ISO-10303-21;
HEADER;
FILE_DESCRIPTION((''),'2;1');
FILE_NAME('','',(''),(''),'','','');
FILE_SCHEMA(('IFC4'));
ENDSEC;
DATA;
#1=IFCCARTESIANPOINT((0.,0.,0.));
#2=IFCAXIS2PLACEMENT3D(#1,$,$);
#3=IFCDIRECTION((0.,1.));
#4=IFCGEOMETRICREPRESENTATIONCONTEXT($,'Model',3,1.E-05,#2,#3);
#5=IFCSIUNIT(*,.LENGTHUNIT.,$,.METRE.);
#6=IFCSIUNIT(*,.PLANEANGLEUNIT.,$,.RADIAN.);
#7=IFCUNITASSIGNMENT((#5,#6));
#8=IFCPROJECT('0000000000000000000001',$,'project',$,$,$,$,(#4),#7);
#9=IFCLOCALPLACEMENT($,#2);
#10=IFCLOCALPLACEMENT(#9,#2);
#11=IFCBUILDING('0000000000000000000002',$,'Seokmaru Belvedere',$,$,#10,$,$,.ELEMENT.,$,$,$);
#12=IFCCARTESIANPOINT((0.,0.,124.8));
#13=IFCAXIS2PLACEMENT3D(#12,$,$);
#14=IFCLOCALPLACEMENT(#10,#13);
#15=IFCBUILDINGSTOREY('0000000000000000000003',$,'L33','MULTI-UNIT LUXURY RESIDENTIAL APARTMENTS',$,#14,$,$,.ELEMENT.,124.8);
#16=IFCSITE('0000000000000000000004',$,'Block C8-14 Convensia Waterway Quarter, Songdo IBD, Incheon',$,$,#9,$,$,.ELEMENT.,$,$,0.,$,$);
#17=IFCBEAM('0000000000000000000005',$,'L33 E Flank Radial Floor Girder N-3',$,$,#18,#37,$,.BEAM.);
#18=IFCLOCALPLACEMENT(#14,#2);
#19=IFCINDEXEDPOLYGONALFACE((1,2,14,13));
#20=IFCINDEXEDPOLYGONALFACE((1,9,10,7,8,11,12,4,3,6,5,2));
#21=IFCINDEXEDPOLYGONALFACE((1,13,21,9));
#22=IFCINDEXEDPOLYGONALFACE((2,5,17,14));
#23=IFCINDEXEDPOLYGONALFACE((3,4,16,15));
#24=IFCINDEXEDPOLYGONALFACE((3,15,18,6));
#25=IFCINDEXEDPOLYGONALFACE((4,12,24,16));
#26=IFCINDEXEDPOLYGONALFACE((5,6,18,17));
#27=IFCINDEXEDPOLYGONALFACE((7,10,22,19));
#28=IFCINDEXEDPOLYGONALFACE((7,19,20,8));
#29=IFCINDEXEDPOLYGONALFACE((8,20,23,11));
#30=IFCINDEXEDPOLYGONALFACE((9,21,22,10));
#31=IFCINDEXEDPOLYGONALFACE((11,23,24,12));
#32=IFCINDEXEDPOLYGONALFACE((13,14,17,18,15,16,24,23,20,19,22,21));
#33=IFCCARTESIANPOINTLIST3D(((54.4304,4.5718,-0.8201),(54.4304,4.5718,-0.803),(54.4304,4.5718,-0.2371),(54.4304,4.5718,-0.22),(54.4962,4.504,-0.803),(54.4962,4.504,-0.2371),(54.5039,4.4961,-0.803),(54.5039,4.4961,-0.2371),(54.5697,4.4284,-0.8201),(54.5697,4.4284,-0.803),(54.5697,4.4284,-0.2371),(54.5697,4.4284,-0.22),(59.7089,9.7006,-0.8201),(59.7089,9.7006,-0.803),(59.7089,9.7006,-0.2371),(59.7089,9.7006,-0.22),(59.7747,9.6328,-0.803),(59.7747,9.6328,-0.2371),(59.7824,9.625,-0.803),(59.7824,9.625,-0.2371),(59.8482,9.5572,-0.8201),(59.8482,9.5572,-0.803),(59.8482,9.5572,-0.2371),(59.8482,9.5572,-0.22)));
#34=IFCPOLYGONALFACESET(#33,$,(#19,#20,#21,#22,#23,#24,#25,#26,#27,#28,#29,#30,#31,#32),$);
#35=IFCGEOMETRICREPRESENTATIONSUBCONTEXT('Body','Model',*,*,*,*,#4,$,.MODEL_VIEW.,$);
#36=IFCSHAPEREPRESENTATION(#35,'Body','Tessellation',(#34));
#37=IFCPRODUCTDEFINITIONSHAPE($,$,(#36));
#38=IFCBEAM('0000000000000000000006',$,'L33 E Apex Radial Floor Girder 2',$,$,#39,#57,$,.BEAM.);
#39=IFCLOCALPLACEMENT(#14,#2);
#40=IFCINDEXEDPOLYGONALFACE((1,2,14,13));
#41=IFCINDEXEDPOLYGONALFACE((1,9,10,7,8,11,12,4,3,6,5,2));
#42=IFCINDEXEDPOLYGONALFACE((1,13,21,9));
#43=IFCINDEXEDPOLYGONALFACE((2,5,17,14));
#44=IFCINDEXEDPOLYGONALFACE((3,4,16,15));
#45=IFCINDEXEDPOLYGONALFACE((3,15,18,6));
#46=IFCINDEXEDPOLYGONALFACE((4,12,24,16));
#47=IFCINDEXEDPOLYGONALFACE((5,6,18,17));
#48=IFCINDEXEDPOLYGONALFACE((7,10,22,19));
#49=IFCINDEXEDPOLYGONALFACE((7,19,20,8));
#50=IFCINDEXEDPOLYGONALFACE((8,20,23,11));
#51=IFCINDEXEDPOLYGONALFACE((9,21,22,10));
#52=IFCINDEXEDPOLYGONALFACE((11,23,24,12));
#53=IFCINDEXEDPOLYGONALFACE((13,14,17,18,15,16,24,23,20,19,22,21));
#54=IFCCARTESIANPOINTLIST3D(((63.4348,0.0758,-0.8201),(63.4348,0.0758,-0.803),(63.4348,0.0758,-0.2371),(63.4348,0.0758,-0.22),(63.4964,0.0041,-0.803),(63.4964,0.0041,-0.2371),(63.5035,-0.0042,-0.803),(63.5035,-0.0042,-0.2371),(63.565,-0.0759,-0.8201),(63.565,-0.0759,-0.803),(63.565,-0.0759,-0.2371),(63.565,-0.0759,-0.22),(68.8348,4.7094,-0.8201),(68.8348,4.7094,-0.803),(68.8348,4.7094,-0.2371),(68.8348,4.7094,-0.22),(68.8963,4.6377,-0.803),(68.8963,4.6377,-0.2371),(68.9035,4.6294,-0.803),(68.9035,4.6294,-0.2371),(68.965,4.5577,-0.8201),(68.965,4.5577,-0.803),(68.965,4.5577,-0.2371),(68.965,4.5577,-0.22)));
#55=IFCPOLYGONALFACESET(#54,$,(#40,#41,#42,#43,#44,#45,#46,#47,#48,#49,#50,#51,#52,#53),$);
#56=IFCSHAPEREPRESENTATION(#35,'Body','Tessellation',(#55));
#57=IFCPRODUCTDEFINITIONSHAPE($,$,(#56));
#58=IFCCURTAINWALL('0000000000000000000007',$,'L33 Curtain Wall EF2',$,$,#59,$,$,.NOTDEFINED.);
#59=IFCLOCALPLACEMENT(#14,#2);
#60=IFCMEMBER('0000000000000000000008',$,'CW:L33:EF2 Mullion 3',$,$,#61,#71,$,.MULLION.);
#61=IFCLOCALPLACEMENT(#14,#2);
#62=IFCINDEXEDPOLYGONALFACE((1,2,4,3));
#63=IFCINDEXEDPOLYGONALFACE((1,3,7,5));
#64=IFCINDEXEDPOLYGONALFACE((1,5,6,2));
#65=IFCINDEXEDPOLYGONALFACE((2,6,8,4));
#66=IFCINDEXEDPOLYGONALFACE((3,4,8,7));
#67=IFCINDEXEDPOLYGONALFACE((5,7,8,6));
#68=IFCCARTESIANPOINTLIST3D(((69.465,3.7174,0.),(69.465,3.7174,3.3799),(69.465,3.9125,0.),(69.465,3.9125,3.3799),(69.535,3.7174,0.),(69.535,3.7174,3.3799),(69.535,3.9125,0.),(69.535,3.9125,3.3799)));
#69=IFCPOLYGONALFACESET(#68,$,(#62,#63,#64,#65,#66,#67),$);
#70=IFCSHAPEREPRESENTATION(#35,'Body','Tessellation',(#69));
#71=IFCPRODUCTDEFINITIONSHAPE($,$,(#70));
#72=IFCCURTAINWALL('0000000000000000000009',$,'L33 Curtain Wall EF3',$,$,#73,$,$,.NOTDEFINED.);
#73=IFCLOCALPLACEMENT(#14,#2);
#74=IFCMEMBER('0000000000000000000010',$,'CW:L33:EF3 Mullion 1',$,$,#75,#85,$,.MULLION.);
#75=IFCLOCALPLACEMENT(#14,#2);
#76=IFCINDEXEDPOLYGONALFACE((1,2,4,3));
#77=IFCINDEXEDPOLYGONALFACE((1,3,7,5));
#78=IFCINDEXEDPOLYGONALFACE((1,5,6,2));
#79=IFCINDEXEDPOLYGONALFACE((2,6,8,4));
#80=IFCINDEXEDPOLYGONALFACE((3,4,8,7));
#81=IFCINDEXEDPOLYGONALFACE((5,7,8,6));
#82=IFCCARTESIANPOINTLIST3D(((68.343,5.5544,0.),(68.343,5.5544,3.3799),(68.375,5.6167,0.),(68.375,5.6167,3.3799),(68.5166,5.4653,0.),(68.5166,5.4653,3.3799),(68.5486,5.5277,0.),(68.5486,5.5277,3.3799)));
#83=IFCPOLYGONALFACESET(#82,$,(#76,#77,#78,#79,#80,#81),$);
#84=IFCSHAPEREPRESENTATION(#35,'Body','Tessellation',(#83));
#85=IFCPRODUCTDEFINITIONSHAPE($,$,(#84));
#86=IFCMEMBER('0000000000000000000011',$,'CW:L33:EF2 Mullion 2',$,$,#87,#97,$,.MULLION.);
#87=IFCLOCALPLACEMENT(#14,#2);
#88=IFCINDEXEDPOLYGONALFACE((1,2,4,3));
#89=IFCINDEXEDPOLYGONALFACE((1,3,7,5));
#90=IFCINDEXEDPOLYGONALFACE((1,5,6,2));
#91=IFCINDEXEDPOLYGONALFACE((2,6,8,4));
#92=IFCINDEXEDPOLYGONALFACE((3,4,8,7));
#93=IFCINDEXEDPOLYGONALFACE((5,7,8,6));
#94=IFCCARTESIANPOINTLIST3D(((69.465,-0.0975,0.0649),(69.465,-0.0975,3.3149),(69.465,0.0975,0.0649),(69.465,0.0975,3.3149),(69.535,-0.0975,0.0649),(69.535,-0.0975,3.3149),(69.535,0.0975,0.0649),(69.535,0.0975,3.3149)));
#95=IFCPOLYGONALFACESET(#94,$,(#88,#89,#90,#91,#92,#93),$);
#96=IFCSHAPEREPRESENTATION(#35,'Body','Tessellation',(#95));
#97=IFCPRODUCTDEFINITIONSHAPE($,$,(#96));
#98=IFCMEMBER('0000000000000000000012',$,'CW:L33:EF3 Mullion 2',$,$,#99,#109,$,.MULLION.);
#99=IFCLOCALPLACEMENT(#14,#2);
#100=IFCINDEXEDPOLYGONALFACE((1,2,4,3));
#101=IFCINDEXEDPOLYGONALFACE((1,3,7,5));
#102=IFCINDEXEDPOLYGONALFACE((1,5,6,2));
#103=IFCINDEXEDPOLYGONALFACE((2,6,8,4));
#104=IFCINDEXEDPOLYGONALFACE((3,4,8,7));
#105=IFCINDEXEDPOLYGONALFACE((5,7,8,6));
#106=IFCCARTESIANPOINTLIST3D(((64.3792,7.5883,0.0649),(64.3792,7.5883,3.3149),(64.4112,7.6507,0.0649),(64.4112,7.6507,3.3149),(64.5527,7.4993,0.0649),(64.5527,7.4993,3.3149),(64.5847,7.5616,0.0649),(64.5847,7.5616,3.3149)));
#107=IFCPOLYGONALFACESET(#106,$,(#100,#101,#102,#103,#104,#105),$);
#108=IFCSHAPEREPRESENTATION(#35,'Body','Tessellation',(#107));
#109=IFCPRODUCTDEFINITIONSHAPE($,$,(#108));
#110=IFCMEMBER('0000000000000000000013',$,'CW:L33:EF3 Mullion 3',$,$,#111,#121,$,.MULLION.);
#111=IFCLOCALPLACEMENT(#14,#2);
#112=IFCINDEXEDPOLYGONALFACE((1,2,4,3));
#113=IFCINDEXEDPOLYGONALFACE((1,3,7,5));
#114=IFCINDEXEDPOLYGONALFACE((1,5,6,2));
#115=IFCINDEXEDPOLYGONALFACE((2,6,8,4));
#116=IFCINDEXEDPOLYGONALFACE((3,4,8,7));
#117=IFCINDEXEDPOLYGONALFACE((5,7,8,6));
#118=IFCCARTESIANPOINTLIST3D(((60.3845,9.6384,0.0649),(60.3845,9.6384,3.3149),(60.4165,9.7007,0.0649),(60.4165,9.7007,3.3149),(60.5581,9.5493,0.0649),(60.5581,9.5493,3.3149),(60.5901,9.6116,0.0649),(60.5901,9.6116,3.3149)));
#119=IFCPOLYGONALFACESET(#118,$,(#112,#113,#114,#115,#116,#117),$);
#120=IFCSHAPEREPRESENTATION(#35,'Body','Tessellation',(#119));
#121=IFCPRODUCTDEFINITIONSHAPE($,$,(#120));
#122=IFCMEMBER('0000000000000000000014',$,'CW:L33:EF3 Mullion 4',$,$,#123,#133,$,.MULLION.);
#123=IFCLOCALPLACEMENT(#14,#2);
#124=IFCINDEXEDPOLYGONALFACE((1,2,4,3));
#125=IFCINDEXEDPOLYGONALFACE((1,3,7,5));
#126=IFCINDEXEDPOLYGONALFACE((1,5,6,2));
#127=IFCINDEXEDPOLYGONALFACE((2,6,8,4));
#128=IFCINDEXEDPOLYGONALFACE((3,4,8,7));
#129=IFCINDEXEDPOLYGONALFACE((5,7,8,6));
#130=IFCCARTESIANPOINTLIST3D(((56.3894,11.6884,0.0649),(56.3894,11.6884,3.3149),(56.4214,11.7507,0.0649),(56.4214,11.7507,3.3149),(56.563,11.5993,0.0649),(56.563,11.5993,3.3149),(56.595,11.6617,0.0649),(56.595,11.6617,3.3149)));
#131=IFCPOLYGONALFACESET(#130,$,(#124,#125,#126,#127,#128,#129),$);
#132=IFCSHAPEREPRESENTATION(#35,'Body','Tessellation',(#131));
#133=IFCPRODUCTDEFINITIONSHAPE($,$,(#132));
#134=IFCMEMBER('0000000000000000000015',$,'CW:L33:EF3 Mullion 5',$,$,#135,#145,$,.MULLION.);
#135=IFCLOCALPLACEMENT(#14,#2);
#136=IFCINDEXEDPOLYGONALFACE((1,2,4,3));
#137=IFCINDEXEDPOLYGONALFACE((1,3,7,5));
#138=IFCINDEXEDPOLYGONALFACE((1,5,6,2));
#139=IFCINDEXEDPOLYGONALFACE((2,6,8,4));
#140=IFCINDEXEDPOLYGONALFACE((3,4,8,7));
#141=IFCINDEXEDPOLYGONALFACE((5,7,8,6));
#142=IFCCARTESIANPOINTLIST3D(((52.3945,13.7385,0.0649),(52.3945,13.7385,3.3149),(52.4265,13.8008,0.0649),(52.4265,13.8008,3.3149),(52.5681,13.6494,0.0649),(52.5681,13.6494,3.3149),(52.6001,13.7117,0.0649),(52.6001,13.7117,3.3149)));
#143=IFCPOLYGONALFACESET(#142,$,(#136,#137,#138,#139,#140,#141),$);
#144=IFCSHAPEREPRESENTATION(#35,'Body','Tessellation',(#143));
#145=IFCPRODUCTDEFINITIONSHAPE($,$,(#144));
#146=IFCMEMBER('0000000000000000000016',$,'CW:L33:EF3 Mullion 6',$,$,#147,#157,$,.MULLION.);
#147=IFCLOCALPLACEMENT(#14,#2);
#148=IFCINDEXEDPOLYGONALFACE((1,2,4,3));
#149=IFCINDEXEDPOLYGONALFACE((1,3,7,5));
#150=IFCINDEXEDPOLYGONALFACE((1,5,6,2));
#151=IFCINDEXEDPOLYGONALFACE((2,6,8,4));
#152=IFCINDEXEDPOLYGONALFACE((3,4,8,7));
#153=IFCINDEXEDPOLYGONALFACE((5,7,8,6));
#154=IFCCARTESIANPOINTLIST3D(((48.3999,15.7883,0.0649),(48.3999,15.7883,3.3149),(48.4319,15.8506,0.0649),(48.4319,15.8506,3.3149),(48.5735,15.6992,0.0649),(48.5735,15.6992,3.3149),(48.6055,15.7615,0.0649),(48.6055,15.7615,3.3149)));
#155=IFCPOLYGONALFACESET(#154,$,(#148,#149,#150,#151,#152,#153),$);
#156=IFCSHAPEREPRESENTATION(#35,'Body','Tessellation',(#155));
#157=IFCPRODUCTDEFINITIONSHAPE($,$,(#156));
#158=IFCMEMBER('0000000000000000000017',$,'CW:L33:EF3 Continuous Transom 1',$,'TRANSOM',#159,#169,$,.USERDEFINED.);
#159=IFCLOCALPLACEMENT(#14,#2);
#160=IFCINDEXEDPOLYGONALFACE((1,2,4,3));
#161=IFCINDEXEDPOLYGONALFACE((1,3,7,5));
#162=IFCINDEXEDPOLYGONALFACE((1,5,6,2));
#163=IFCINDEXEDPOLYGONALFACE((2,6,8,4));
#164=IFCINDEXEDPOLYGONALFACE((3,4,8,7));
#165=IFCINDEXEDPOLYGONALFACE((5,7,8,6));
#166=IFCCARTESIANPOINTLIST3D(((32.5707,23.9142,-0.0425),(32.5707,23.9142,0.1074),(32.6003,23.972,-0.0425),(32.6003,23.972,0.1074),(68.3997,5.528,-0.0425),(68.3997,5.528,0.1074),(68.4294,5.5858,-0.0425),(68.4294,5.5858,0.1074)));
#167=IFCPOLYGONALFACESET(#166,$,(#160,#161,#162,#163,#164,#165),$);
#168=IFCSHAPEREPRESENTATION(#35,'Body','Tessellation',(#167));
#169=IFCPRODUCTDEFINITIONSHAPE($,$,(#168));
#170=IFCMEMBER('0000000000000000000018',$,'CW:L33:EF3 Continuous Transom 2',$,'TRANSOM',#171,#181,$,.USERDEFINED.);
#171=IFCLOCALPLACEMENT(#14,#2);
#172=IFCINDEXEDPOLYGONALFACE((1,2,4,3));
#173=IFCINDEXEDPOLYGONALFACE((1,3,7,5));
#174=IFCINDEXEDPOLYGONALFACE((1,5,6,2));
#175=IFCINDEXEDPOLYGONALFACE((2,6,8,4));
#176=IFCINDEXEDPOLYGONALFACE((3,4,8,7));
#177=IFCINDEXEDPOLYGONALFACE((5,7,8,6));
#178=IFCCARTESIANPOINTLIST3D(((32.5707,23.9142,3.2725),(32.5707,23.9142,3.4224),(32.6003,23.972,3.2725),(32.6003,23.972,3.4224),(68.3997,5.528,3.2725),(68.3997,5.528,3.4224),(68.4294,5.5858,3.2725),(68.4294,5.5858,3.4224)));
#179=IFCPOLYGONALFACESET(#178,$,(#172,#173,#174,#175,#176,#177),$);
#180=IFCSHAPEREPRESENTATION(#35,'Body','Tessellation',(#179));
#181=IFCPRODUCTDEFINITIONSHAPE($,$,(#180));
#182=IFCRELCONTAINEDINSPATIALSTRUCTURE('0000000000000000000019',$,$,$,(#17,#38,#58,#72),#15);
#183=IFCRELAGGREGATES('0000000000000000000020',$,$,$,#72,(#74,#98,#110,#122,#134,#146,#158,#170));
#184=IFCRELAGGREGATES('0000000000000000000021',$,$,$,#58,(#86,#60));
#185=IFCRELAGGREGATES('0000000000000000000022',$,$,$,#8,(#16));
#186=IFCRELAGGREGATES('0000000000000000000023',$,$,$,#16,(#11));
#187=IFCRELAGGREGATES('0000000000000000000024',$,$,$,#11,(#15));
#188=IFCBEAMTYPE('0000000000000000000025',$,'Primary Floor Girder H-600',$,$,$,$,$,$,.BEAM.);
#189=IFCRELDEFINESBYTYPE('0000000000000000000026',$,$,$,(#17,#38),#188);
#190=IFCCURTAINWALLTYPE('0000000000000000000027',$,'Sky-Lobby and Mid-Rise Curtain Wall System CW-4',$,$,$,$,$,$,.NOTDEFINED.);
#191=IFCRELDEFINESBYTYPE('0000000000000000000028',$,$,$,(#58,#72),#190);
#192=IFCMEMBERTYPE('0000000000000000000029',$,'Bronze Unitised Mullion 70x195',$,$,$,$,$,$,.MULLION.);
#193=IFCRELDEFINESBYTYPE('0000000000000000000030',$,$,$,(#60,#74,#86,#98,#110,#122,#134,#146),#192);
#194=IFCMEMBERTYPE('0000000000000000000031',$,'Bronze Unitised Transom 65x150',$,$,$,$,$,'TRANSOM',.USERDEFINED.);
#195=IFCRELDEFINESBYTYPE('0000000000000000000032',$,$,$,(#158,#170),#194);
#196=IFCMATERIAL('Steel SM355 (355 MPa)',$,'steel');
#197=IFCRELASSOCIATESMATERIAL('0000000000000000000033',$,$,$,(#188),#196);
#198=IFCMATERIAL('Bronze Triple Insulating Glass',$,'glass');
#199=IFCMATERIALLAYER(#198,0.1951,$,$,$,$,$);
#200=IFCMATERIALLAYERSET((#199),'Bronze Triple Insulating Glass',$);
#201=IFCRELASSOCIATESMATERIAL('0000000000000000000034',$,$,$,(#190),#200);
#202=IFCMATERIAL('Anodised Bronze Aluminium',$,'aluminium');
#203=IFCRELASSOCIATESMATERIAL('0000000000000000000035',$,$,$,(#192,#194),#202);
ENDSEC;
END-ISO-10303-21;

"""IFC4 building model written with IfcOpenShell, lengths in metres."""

from ifc_helpers import new_model, si_unit, direction, frame, origin, origin_2d, place, context, subcontext, project, spatial, rectangle, i_section, extrude, source, transform, mapped, material, layer, layer_set, material_profile, profile_set, type_object, type_shapes, element, aggregate, save


model = new_model("IFC4")

# Units and contexts
model_context = context("Model", 3, precision=1e-05, world=origin(), true_north=direction((0.0, 1.0)))
body_context = subcontext(model_context, "Body", "Model", "MODEL_VIEW")
ifc_project = project(units=[si_unit("LENGTHUNIT", "METRE"), si_unit("PLANEANGLEUNIT", "RADIAN")], contexts=[model_context])

# Site, building, storey
site_placement = place(None, origin())
site = spatial("IfcSite", under=ifc_project, at=site_placement, Name="Block C8-14 Convensia Waterway Quarter, Songdo IBD, Incheon", CompositionType="ELEMENT", RefElevation=0.0)
building_placement = place(site_placement, origin())
building = spatial("IfcBuilding", under=site, at=building_placement, Name="Seokmaru Belvedere", CompositionType="ELEMENT")
storey_placement = place(building_placement, frame((0.0, 0.0, 124.8)))
storey = spatial("IfcBuildingStorey", under=building, at=storey_placement, Name="L33", Description="MULTI-UNIT LUXURY RESIDENTIAL APARTMENTS", CompositionType="ELEMENT", Elevation=124.8)

# Shared definitions
ifc_material_1 = material(Name="Steel SM355 (355 MPa)", Category="steel")

# Beams
ifc_material_profile_1 = material_profile(ifc_material_1, i_section(OverallWidth=0.2, OverallDepth=0.6001, WebThickness=0.011, FlangeThickness=0.0171, at=origin_2d()), Name="H-600x200x11x17")
ifc_profile_set_1 = profile_set([ifc_material_profile_1], Name="Steel SM355 (355 MPa)")
beam_type_1 = type_object("IfcBeamType", Name="Primary Floor Girder H-600", PredefinedType="BEAM", material=ifc_profile_set_1)
shared_shape_1 = source(origin(), body_context, "Body", "SweptSolid", [
    extrude(i_section(OverallWidth=0.2, OverallDepth=0.6001, WebThickness=0.011, FlangeThickness=0.0171, at=origin_2d()), origin(), (0.0, 0.0, 1.0), 7.3599),
])
beam_1_placement = place(storey_placement, frame((59.7786, 9.6289, -0.52), z_axis=(-0.717201, -0.696867, 0.0), x_axis=(0.696867, -0.717201, 0.0)))
element("IfcBeam", 1, at=beam_1_placement, inside=storey, type_object=beam_type_1, Name="L33 E Flank Radial Floor Girder N-3", PredefinedType="BEAM", context=body_context, shape_type="MappedRepresentation", body=[
    mapped(shared_shape_1, transform((0.0, 0.0, 0.0), scale=1.0)),
])
shared_shape_2 = source(origin(), body_context, "Body", "SweptSolid", [
    extrude(i_section(OverallWidth=0.2, OverallDepth=0.6001, WebThickness=0.011, FlangeThickness=0.0171, at=origin_2d()), origin(), (0.0, 0.0, 1.0), 7.1155),
])
beam_2_placement = place(storey_placement, frame((68.8999, 4.6335, -0.52), z_axis=(-0.758905, -0.651201, 0.0), x_axis=(0.651201, -0.758905, 0.0)))
element("IfcBeam", 2, at=beam_2_placement, inside=storey, type_object=beam_type_1, Name="L33 E Apex Radial Floor Girder 2", PredefinedType="BEAM", context=body_context, shape_type="MappedRepresentation", body=[
    mapped(shared_shape_2, transform((0.0, 0.0, 0.0), scale=1.0)),
])

# Curtain walls, members
ifc_material_2 = material(Name="Bronze Triple Insulating Glass", Category="glass")
ifc_layer_1 = layer(ifc_material_2, 0.1951)
ifc_layer_set_1 = layer_set([ifc_layer_1], Name="Bronze Triple Insulating Glass")
curtain_wall_type = type_object("IfcCurtainWallType", Name="Sky-Lobby and Mid-Rise Curtain Wall System CW-4", PredefinedType="NOTDEFINED", material=ifc_layer_set_1)
curtain_wall_1_placement = place(storey_placement, origin())
curtain_wall_1 = element("IfcCurtainWall", 3, at=curtain_wall_1_placement, inside=storey, type_object=curtain_wall_type, Name="L33 Curtain Wall EF2", PredefinedType="NOTDEFINED")
ifc_material_3 = material(Name="Anodised Bronze Aluminium", Category="aluminium")
ifc_material_profile_2 = material_profile(ifc_material_3, rectangle(XDim=0.0701, YDim=0.1951, at=origin_2d()), Name="CW-M-70x195")
ifc_profile_set_2 = profile_set([ifc_material_profile_2], Name="Anodised Bronze Aluminium")
member_type_1 = type_object("IfcMemberType", Name="Bronze Unitised Mullion 70x195", PredefinedType="MULLION", material=ifc_profile_set_2)
shared_shape_3 = source(origin(), body_context, "Body", "SweptSolid", [
    extrude(rectangle(XDim=0.0701, YDim=0.1951, at=origin_2d()), origin(), (0.0, 0.0, 1.0), 3.3799),
])
member_1_placement = place(storey_placement, frame((69.5, 3.8149, 0.0), z_axis=(0.0, 0.0, 1.0), x_axis=(-1.0, 0.0, 0.0)))
member_1 = element("IfcMember", 4, at=member_1_placement, type_object=member_type_1, Name="CW:L33:EF2 Mullion 3", PredefinedType="MULLION", context=body_context, shape_type="MappedRepresentation", body=[
    mapped(shared_shape_3, transform((0.0, 0.0, 0.0), scale=1.0)),
])
curtain_wall_2_placement = place(storey_placement, origin())
curtain_wall_2 = element("IfcCurtainWall", 5, at=curtain_wall_2_placement, inside=storey, type_object=curtain_wall_type, Name="L33 Curtain Wall EF3", PredefinedType="NOTDEFINED")
member_2_placement = place(storey_placement, frame((68.4458, 5.541, 0.0), z_axis=(0.0, 0.0, 1.0), x_axis=(-0.456555, -0.889695, 0.0)))
member_2 = element("IfcMember", 6, at=member_2_placement, type_object=member_type_1, Name="CW:L33:EF3 Mullion 1", PredefinedType="MULLION", context=body_context, shape_type="MappedRepresentation", body=[
    mapped(shared_shape_3, transform((0.0, 0.0, 0.0), scale=1.0)),
])

# Members
shared_shape_4 = source(origin(), body_context, "Body", "SweptSolid", [
    extrude(rectangle(XDim=0.0701, YDim=0.1951, at=origin_2d()), origin(), (0.0, 0.0, 1.0), 3.25),
])
type_shapes(member_type_1, [shared_shape_3, shared_shape_4])
member_3_placement = place(storey_placement, frame((69.5, 0.0, 0.0649), z_axis=(0.0, 0.0, 1.0), x_axis=(-1.0, 0.0, 0.0)))
member_3 = element("IfcMember", 7, at=member_3_placement, type_object=member_type_1, Name="CW:L33:EF2 Mullion 2", PredefinedType="MULLION", context=body_context, shape_type="MappedRepresentation", body=[
    mapped(shared_shape_4, transform((0.0, 0.0, 0.0), scale=1.0)),
])
member_4_placement = place(storey_placement, frame((64.4819, 7.575, 0.0649), z_axis=(0.0, 0.0, 1.0), x_axis=(-0.456555, -0.889695, 0.0)))
member_4 = element("IfcMember", 8, at=member_4_placement, type_object=member_type_1, Name="CW:L33:EF3 Mullion 2", PredefinedType="MULLION", context=body_context, shape_type="MappedRepresentation", body=[
    mapped(shared_shape_4, transform((0.0, 0.0, 0.0), scale=1.0)),
])
member_5_placement = place(storey_placement, frame((60.4873, 9.625, 0.0649), z_axis=(0.0, 0.0, 1.0), x_axis=(-0.456555, -0.889695, 0.0)))
member_5 = element("IfcMember", 9, at=member_5_placement, type_object=member_type_1, Name="CW:L33:EF3 Mullion 3", PredefinedType="MULLION", context=body_context, shape_type="MappedRepresentation", body=[
    mapped(shared_shape_4, transform((0.0, 0.0, 0.0), scale=1.0)),
])
member_6_placement = place(storey_placement, frame((56.4922, 11.675, 0.0649), z_axis=(0.0, 0.0, 1.0), x_axis=(-0.456555, -0.889695, 0.0)))
member_6 = element("IfcMember", 10, at=member_6_placement, type_object=member_type_1, Name="CW:L33:EF3 Mullion 4", PredefinedType="MULLION", context=body_context, shape_type="MappedRepresentation", body=[
    mapped(shared_shape_4, transform((0.0, 0.0, 0.0), scale=1.0)),
])
member_7_placement = place(storey_placement, frame((52.4973, 13.7251, 0.0649), z_axis=(0.0, 0.0, 1.0), x_axis=(-0.456555, -0.889695, 0.0)))
member_7 = element("IfcMember", 11, at=member_7_placement, type_object=member_type_1, Name="CW:L33:EF3 Mullion 5", PredefinedType="MULLION", context=body_context, shape_type="MappedRepresentation", body=[
    mapped(shared_shape_4, transform((0.0, 0.0, 0.0), scale=1.0)),
])
member_8_placement = place(storey_placement, frame((48.5027, 15.7749, 0.0649), z_axis=(0.0, 0.0, 1.0), x_axis=(-0.456555, -0.889695, 0.0)))
member_8 = element("IfcMember", 12, at=member_8_placement, type_object=member_type_1, Name="CW:L33:EF3 Mullion 6", PredefinedType="MULLION", context=body_context, shape_type="MappedRepresentation", body=[
    mapped(shared_shape_4, transform((0.0, 0.0, 0.0), scale=1.0)),
])
ifc_material_profile_3 = material_profile(ifc_material_3, rectangle(XDim=0.0649, YDim=0.1499, at=origin_2d()), Name="CW-T-65x150")
ifc_profile_set_3 = profile_set([ifc_material_profile_3], Name="Anodised Bronze Aluminium")
member_type_2 = type_object("IfcMemberType", Name="Bronze Unitised Transom 65x150", ElementType="TRANSOM", PredefinedType="USERDEFINED", material=ifc_profile_set_3)
shared_shape_5 = source(origin(), body_context, "Body", "SweptSolid", [
    extrude(rectangle(XDim=0.0649, YDim=0.1499, at=origin_2d()), origin(), (0.0, 0.0, 1.0), 40.2712),
])
member_9_placement = place(storey_placement, frame((68.4146, 5.5569, 0.0325), z_axis=(-0.889693, 0.456559, 0.0), x_axis=(-0.456559, -0.889693, 0.0)))
member_9 = element("IfcMember", 13, at=member_9_placement, type_object=member_type_2, Name="CW:L33:EF3 Continuous Transom 1", ObjectType="TRANSOM", PredefinedType="USERDEFINED", context=body_context, shape_type="MappedRepresentation", body=[
    mapped(shared_shape_5, transform((0.0, 0.0, 0.0), scale=1.0)),
])
member_10_placement = place(storey_placement, frame((68.4146, 5.5569, 3.3474), z_axis=(-0.889693, 0.456559, 0.0), x_axis=(-0.456559, -0.889693, 0.0)))
member_10 = element("IfcMember", 14, at=member_10_placement, type_object=member_type_2, Name="CW:L33:EF3 Continuous Transom 2", ObjectType="TRANSOM", PredefinedType="USERDEFINED", context=body_context, shape_type="MappedRepresentation", body=[
    mapped(shared_shape_5, transform((0.0, 0.0, 0.0), scale=1.0)),
])

aggregate(curtain_wall_2, [member_2, member_4, member_5, member_6, member_7, member_8, member_9, member_10])
aggregate(curtain_wall_1, [member_3, member_1])

save(model, "model.ifc")
